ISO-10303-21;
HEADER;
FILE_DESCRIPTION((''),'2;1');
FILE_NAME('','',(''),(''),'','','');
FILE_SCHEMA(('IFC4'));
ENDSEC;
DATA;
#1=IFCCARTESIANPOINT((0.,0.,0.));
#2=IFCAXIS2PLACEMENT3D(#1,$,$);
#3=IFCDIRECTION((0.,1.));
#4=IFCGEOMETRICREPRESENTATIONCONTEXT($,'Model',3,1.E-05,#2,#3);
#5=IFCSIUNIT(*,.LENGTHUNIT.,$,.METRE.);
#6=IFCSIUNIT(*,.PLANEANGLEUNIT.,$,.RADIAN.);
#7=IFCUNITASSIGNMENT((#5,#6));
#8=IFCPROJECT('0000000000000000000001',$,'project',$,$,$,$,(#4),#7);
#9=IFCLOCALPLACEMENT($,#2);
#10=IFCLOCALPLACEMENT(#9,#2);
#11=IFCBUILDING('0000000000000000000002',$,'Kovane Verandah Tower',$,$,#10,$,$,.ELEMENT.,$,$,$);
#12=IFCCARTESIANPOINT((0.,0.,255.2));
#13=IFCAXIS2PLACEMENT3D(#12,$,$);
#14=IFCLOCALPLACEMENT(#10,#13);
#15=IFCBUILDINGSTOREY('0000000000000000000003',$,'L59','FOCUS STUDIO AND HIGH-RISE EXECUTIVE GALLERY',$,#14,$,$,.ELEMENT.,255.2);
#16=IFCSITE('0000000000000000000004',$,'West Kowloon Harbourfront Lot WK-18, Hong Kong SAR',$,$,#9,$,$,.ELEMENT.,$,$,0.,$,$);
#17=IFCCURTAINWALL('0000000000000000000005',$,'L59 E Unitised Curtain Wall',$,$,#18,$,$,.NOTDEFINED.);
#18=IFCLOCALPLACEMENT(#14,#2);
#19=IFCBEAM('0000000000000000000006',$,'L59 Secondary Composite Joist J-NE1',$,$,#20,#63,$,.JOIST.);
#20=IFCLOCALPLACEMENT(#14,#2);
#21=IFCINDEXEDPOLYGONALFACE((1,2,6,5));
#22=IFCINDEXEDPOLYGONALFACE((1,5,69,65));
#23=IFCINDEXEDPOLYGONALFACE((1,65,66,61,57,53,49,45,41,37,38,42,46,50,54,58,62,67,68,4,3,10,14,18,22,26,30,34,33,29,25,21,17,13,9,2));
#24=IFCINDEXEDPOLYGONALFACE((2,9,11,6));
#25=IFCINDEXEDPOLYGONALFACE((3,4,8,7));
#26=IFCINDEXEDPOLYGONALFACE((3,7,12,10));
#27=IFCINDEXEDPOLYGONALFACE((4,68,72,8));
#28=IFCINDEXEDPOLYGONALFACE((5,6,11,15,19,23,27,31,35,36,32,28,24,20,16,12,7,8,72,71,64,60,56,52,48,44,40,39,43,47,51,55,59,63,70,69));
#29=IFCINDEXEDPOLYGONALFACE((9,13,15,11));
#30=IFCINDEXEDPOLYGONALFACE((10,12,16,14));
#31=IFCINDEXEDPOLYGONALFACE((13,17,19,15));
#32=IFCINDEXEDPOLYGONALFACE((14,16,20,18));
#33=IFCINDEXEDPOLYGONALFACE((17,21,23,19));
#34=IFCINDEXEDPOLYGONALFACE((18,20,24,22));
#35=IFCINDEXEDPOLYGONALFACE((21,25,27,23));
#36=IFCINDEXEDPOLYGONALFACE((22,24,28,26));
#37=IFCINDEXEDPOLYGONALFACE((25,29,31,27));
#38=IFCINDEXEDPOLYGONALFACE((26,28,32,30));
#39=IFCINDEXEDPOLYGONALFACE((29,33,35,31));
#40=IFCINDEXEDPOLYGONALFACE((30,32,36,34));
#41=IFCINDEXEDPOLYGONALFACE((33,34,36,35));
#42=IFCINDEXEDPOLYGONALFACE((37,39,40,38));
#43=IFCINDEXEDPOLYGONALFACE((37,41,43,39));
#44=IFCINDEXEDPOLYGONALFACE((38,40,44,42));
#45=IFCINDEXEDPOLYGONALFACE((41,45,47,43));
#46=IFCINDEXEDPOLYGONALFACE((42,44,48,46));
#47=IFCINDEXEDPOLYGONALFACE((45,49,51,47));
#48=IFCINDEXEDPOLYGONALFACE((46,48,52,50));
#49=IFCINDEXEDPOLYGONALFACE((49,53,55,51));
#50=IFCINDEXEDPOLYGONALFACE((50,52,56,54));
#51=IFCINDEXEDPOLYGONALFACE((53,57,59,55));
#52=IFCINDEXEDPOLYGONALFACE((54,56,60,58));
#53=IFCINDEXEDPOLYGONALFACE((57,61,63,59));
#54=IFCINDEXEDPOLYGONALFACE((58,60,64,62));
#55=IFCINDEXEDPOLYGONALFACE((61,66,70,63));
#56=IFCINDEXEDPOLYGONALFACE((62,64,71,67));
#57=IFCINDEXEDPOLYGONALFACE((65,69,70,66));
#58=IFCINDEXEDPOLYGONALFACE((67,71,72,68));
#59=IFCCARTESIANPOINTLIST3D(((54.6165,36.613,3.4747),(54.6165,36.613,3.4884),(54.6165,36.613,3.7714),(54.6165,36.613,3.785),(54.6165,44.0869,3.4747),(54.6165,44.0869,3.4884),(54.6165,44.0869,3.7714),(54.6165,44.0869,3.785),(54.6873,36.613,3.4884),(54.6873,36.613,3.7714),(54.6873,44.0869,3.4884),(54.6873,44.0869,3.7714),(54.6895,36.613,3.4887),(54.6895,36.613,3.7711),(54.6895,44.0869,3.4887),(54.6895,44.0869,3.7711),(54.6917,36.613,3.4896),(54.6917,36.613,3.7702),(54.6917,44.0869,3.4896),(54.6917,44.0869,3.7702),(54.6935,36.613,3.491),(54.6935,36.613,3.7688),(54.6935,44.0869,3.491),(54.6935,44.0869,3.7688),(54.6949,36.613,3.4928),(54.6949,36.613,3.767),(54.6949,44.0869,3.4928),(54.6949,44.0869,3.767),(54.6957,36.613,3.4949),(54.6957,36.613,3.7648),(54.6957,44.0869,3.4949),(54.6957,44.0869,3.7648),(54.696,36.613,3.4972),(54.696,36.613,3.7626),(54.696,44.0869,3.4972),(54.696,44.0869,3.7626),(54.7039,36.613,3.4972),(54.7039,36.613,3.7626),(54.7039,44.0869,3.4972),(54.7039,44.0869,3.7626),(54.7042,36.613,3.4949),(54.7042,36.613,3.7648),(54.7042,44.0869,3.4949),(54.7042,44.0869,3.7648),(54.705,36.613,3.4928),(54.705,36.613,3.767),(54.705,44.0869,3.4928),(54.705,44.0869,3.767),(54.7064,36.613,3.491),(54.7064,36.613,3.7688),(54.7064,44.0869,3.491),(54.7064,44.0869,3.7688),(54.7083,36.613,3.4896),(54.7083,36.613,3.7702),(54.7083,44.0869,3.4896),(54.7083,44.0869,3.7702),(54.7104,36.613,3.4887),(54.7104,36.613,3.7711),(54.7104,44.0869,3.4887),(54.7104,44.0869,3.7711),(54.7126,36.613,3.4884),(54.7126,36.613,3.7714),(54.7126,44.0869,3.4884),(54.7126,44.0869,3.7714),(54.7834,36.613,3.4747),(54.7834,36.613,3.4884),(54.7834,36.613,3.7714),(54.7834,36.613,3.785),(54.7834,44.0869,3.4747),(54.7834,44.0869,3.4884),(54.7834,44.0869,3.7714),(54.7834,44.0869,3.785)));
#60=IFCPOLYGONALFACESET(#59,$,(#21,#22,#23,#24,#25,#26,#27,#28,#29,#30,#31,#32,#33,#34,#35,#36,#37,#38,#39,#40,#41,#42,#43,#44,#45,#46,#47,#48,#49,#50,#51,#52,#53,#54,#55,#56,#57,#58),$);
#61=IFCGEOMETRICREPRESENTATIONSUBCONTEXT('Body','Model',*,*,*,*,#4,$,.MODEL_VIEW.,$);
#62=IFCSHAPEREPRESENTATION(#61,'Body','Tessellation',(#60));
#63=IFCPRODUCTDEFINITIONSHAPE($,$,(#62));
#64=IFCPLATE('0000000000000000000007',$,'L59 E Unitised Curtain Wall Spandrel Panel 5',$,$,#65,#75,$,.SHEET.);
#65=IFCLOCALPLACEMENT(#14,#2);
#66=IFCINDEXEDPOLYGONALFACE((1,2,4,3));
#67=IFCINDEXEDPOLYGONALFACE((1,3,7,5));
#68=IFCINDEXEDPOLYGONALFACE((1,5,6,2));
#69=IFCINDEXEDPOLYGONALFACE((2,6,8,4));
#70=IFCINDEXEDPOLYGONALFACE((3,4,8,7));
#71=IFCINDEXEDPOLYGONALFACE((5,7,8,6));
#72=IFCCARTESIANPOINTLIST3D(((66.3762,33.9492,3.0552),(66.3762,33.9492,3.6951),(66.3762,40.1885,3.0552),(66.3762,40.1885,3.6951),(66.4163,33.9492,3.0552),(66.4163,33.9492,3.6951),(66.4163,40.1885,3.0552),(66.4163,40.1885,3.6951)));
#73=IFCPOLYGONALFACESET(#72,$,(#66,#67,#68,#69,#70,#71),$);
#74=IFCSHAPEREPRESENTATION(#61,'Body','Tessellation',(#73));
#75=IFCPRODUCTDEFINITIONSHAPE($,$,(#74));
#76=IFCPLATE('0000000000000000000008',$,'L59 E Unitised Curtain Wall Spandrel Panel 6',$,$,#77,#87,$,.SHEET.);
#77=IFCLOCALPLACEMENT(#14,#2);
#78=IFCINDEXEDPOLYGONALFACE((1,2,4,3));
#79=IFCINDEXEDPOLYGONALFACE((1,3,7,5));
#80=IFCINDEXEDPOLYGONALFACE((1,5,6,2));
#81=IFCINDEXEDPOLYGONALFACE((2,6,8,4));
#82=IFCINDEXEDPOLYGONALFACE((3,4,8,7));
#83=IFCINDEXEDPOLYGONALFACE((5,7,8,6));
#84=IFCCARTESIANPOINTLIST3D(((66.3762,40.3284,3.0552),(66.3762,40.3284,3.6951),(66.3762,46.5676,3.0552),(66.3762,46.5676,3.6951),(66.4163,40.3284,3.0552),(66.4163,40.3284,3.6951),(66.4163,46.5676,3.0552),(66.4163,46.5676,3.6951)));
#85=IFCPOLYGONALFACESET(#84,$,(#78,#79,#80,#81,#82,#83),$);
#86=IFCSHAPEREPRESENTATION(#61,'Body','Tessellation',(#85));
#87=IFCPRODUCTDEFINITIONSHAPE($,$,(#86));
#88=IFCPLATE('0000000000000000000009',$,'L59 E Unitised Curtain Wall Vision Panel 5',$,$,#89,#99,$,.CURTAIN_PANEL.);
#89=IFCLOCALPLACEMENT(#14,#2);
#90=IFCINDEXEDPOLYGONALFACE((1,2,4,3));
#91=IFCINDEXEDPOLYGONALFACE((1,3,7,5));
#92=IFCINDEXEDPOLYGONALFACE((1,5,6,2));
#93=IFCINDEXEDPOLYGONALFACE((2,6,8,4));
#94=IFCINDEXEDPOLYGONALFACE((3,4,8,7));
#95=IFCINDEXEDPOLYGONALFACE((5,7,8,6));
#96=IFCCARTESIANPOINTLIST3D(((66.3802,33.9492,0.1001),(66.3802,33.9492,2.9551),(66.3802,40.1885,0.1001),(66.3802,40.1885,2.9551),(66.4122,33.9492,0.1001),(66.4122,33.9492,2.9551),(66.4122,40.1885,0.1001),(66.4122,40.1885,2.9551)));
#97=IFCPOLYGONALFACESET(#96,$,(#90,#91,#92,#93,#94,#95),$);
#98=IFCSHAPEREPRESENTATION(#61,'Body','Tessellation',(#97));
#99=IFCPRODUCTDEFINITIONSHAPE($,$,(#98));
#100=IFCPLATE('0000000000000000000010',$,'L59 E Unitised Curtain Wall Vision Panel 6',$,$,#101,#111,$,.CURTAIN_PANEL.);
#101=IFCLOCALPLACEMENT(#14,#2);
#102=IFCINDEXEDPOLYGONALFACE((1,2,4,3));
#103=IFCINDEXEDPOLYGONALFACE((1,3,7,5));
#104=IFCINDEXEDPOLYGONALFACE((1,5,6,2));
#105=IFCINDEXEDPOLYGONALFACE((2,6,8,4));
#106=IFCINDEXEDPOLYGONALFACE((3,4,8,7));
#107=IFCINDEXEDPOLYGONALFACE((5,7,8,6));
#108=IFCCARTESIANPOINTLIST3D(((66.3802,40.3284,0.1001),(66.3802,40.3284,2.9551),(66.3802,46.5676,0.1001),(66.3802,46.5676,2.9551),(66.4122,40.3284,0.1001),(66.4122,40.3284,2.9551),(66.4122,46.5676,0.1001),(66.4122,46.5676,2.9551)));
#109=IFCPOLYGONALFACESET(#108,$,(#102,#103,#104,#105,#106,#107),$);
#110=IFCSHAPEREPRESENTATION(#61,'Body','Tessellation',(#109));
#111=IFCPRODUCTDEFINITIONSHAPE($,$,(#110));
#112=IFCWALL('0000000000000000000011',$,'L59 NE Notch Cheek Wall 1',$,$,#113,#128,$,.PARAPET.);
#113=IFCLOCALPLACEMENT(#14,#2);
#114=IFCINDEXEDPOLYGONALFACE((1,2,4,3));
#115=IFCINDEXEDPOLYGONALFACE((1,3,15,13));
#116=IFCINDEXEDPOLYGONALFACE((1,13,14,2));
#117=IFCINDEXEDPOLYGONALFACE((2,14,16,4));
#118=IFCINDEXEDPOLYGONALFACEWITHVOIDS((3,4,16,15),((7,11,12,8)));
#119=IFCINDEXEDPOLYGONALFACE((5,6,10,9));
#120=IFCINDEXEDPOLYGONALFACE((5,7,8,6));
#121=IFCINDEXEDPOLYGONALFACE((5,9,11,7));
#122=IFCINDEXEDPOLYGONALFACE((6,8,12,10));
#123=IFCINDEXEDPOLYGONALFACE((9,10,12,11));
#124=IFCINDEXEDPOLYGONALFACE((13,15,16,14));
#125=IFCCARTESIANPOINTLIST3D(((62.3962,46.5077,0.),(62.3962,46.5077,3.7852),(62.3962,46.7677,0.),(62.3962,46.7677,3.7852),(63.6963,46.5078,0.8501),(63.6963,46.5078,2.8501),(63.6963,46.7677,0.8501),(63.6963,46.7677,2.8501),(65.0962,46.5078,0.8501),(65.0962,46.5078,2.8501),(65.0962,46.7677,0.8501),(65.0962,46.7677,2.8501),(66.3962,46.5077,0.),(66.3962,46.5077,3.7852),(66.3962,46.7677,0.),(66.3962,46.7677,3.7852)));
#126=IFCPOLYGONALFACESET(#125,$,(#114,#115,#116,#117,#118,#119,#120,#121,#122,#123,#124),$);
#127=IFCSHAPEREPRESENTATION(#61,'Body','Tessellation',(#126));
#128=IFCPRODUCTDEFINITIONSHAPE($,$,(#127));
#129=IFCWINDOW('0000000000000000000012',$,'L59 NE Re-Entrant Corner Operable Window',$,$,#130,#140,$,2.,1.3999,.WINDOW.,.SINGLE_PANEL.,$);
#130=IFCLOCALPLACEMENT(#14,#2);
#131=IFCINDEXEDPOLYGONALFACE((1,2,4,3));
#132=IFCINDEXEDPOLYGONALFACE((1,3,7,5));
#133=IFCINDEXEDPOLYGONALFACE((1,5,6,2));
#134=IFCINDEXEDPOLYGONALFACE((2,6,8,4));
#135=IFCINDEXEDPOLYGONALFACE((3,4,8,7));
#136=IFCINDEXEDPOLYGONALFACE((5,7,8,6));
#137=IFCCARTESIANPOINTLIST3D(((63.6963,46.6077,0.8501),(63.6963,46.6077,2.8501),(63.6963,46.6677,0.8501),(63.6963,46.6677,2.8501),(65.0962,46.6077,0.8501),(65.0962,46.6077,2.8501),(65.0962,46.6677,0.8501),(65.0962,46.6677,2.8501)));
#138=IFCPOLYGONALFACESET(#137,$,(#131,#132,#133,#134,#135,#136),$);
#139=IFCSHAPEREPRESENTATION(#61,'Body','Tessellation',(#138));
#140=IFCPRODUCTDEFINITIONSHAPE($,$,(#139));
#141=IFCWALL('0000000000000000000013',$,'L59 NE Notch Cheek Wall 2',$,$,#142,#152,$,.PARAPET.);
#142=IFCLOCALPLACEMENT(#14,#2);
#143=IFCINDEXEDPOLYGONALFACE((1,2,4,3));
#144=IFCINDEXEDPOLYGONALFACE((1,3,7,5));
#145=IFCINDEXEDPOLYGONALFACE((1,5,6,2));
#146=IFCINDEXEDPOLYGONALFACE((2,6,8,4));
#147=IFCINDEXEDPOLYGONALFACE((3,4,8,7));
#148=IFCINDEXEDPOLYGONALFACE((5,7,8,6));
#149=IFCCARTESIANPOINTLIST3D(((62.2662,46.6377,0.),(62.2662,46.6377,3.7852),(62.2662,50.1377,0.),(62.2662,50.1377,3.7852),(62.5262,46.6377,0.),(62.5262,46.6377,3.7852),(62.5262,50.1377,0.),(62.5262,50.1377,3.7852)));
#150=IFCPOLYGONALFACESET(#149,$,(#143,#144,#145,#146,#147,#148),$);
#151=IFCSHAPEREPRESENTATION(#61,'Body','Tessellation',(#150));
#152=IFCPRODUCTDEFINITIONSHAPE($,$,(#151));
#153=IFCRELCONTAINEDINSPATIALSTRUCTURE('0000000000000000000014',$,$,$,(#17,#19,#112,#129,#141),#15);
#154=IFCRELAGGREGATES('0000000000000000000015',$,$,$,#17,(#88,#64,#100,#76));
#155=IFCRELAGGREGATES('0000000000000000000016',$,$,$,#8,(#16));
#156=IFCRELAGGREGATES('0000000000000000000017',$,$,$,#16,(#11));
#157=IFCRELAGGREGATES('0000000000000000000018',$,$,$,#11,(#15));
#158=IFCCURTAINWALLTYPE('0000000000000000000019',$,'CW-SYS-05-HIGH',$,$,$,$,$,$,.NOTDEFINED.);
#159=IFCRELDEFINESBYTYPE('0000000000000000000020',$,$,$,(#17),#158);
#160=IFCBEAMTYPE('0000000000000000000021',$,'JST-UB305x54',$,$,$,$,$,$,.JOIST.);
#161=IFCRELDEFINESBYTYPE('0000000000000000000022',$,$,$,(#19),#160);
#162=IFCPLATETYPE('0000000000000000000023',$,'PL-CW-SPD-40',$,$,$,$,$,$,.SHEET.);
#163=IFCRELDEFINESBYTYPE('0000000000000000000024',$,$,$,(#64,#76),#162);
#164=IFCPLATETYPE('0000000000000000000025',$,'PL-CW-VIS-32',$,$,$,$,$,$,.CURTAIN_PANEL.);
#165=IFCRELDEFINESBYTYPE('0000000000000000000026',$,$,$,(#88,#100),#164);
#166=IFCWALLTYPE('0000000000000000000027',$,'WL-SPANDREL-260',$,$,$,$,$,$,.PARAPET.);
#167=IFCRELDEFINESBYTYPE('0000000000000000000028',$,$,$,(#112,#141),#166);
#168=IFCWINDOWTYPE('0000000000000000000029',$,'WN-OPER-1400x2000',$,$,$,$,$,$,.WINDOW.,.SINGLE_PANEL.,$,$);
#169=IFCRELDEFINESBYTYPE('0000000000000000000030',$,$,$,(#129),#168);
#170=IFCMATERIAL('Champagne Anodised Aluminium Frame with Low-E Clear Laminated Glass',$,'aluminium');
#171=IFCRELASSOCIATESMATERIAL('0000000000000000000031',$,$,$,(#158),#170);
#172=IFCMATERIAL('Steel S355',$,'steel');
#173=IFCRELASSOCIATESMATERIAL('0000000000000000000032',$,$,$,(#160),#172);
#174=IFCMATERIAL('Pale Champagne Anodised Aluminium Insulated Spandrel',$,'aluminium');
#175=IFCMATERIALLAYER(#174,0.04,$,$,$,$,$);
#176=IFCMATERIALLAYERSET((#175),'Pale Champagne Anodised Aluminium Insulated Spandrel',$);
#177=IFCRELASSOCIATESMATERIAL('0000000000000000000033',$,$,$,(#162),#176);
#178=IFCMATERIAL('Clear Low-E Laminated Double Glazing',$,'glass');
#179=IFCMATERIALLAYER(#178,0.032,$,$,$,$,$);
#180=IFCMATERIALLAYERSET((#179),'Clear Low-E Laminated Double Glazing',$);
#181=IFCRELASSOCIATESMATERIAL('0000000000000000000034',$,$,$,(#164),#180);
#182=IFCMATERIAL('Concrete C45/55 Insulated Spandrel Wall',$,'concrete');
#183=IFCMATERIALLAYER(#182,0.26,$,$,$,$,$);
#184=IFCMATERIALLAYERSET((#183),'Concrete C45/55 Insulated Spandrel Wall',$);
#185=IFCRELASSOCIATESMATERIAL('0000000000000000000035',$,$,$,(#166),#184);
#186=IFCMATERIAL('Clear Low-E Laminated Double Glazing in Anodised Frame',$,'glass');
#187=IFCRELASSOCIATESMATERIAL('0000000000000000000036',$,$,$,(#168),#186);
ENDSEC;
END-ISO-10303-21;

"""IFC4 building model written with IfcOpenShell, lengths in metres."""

from ifc_helpers import new_model, si_unit, direction, frame, frame_2d, origin, origin_2d, place, context, subcontext, project, spatial, rectangle, i_section, extrude, material, layer, layer_set, material_profile, profile_set, type_object, element, fill, aggregate, save


model = new_model("IFC4")

# Units and contexts
model_context = context("Model", 3, precision=1e-05, world=origin(), true_north=direction((0.0, 1.0)))
body_context = subcontext(model_context, "Body", "Model", "MODEL_VIEW")
ifc_project = project(units=[si_unit("LENGTHUNIT", "METRE"), si_unit("PLANEANGLEUNIT", "RADIAN")], contexts=[model_context])

# Site, building, storey
site_placement = place(None, origin())
site = spatial("IfcSite", under=ifc_project, at=site_placement, Name="West Kowloon Harbourfront Lot WK-18, Hong Kong SAR", CompositionType="ELEMENT", RefElevation=0.0)
building_placement = place(site_placement, origin())
building = spatial("IfcBuilding", under=site, at=building_placement, Name="Kovane Verandah Tower", CompositionType="ELEMENT")
storey_placement = place(building_placement, frame((0.0, 0.0, 255.2)))
storey = spatial("IfcBuildingStorey", under=building, at=storey_placement, Name="L59", Description="FOCUS STUDIO AND HIGH-RISE EXECUTIVE GALLERY", CompositionType="ELEMENT", Elevation=255.2)

# Shared definitions
ifc_material_1 = material(Name="Steel S355", Category="steel")

# Curtain wall
ifc_material_2 = material(Name="Champagne Anodised Aluminium Frame with Low-E Clear Laminated Glass", Category="aluminium")
curtain_wall_type = type_object("IfcCurtainWallType", Name="CW-SYS-05-HIGH", PredefinedType="NOTDEFINED", material=ifc_material_2)
curtain_wall_placement = place(storey_placement, origin())
curtain_wall = element("IfcCurtainWall", 1, at=curtain_wall_placement, inside=storey, type_object=curtain_wall_type, Name="L59 E Unitised Curtain Wall", PredefinedType="NOTDEFINED")

# Beam
ifc_material_profile_1 = material_profile(ifc_material_1, i_section(OverallWidth=0.167, OverallDepth=0.3103, WebThickness=0.0078, FlangeThickness=0.0137, FilletRadius=0.0088, at=origin_2d()), Name="UB305x165x54")
ifc_profile_set_1 = profile_set([ifc_material_profile_1], Name="Steel S355")
beam_type_1 = type_object("IfcBeamType", Name="JST-UB305x54", PredefinedType="JOIST", material=ifc_profile_set_1)
beam_1_placement = place(storey_placement, frame((54.7, 36.613, 3.6299), z_axis=(0.0, 1.0, 0.0), x_axis=(-1.0, 0.0, 0.0)))
element("IfcBeam", 2, at=beam_1_placement, inside=storey, type_object=beam_type_1, Name="L59 Secondary Composite Joist J-NE1", PredefinedType="JOIST", context=body_context, shape_type="SweptSolid", body=[
    extrude(i_section(OverallWidth=0.167, OverallDepth=0.3103, WebThickness=0.0078, FlangeThickness=0.0137, FilletRadius=0.0088, at=origin_2d()), origin(), (0.0, 0.0, 1.0), 7.4739),
])

# Plates
ifc_material_3 = material(Name="Pale Champagne Anodised Aluminium Insulated Spandrel", Category="aluminium")
ifc_layer_1 = layer(ifc_material_3, 0.04)
ifc_layer_set_1 = layer_set([ifc_layer_1], Name="Pale Champagne Anodised Aluminium Insulated Spandrel")
plate_type_1 = type_object("IfcPlateType", Name="PL-CW-SPD-40", PredefinedType="SHEET", material=ifc_layer_set_1)
plate_1_placement = place(storey_placement, frame((66.3962, 37.0688, 3.0552), z_axis=(0.0, 0.0, 1.0), x_axis=(0.0, 1.0, 0.0)))
plate_1 = element("IfcPlate", 3, at=plate_1_placement, type_object=plate_type_1, Name="L59 E Unitised Curtain Wall Spandrel Panel 5", PredefinedType="SHEET", context=body_context, shape_type="SweptSolid", body=[
    extrude(rectangle(XDim=6.2393, YDim=0.04, at=origin_2d()), origin(), (0.0, 0.0, 1.0), 0.6399),
])
plate_2_placement = place(storey_placement, frame((66.3962, 43.448, 3.0552), z_axis=(0.0, 0.0, 1.0), x_axis=(0.0, 1.0, 0.0)))
plate_2 = element("IfcPlate", 4, at=plate_2_placement, type_object=plate_type_1, Name="L59 E Unitised Curtain Wall Spandrel Panel 6", PredefinedType="SHEET", context=body_context, shape_type="SweptSolid", body=[
    extrude(rectangle(XDim=6.2393, YDim=0.04, at=origin_2d()), origin(), (0.0, 0.0, 1.0), 0.6399),
])
ifc_material_4 = material(Name="Clear Low-E Laminated Double Glazing", Category="glass")
ifc_layer_2 = layer(ifc_material_4, 0.032)
ifc_layer_set_2 = layer_set([ifc_layer_2], Name="Clear Low-E Laminated Double Glazing")
plate_type_2 = type_object("IfcPlateType", Name="PL-CW-VIS-32", PredefinedType="CURTAIN_PANEL", material=ifc_layer_set_2)
plate_3_placement = place(storey_placement, frame((66.3962, 37.0688, 0.1001), z_axis=(0.0, 0.0, 1.0), x_axis=(0.0, 1.0, 0.0)))
plate_3 = element("IfcPlate", 5, at=plate_3_placement, type_object=plate_type_2, Name="L59 E Unitised Curtain Wall Vision Panel 5", PredefinedType="CURTAIN_PANEL", context=body_context, shape_type="SweptSolid", body=[
    extrude(rectangle(XDim=6.2393, YDim=0.032, at=origin_2d()), origin(), (0.0, 0.0, 1.0), 2.855),
])
plate_4_placement = place(storey_placement, frame((66.3962, 43.448, 0.1001), z_axis=(0.0, 0.0, 1.0), x_axis=(0.0, 1.0, 0.0)))
plate_4 = element("IfcPlate", 6, at=plate_4_placement, type_object=plate_type_2, Name="L59 E Unitised Curtain Wall Vision Panel 6", PredefinedType="CURTAIN_PANEL", context=body_context, shape_type="SweptSolid", body=[
    extrude(rectangle(XDim=6.2393, YDim=0.032, at=origin_2d()), origin(), (0.0, 0.0, 1.0), 2.855),
])
aggregate(curtain_wall, [plate_3, plate_1, plate_4, plate_2])

# Shared definitions
ifc_material_5 = material(Name="Concrete C45/55 Insulated Spandrel Wall", Category="concrete")
ifc_layer_3 = layer(ifc_material_5, 0.26)
ifc_layer_set_3 = layer_set([ifc_layer_3], Name="Concrete C45/55 Insulated Spandrel Wall")
wall_type = type_object("IfcWallType", Name="WL-SPANDREL-260", PredefinedType="PARAPET", material=ifc_layer_set_3)
ifc_material_6 = material(Name="Clear Low-E Laminated Double Glazing in Anodised Frame", Category="glass")

# Wall, opening, window
wall_1_placement = place(storey_placement, frame((66.3962, 46.6377, 0.0), z_axis=(0.0, 0.0, 1.0), x_axis=(-1.0, 0.0, 0.0)))
wall_1 = element("IfcWall", 7, at=wall_1_placement, inside=storey, type_object=wall_type, Name="L59 NE Notch Cheek Wall 1", PredefinedType="PARAPET", context=body_context, shape_type="SweptSolid", body=[
    extrude(rectangle(XDim=4.0, YDim=0.26, at=frame_2d((2.0, 0.0))), origin(), (0.0, 0.0, 1.0), 3.7852),
])
opening_1_placement = place(wall_1_placement, frame((1.3, 0.0, 0.8501)))
opening_1 = element("IfcOpeningElement", 8, at=opening_1_placement, cuts=wall_1, PredefinedType="OPENING", context=body_context, shape_type="SweptSolid", body=[
    extrude(rectangle(XDim=1.3999, YDim=2.0, at=frame_2d((0.7, 1.0))), frame((0.0, 0.1299, 0.0), z_axis=(0.0, -1.0, 0.0), x_axis=(1.0, 0.0, 0.0)), (0.0, 0.0, 1.0), 0.26),
])
window_type_1 = type_object("IfcWindowType", Name="WN-OPER-1400x2000", PartitioningType="SINGLE_PANEL", PredefinedType="WINDOW", material=ifc_material_6)
window_1_placement = place(opening_1_placement, origin())
window_1 = element("IfcWindow", 9, at=window_1_placement, inside=storey, type_object=window_type_1, Name="L59 NE Re-Entrant Corner Operable Window", OverallHeight=2.0, OverallWidth=1.3999, PartitioningType="SINGLE_PANEL", PredefinedType="WINDOW", context=body_context, shape_type="SweptSolid", body=[
    extrude(rectangle(XDim=1.3999, YDim=2.0, at=frame_2d((0.7, 1.0))), frame((0.0, 0.03, 0.0), z_axis=(0.0, -1.0, 0.0), x_axis=(1.0, 0.0, 0.0)), (0.0, 0.0, 1.0), 0.0601),
])
fill(opening_1, window_1)

# Wall
wall_2_placement = place(storey_placement, frame((62.3962, 46.6377, 0.0), z_axis=(0.0, 0.0, 1.0), x_axis=(0.0, 1.0, 0.0)))
element("IfcWall", 10, at=wall_2_placement, inside=storey, type_object=wall_type, Name="L59 NE Notch Cheek Wall 2", PredefinedType="PARAPET", context=body_context, shape_type="SweptSolid", body=[
    extrude(rectangle(XDim=3.5, YDim=0.26, at=frame_2d((1.75, 0.0))), origin(), (0.0, 0.0, 1.0), 3.7852),
])

save(model, "model.ifc")
